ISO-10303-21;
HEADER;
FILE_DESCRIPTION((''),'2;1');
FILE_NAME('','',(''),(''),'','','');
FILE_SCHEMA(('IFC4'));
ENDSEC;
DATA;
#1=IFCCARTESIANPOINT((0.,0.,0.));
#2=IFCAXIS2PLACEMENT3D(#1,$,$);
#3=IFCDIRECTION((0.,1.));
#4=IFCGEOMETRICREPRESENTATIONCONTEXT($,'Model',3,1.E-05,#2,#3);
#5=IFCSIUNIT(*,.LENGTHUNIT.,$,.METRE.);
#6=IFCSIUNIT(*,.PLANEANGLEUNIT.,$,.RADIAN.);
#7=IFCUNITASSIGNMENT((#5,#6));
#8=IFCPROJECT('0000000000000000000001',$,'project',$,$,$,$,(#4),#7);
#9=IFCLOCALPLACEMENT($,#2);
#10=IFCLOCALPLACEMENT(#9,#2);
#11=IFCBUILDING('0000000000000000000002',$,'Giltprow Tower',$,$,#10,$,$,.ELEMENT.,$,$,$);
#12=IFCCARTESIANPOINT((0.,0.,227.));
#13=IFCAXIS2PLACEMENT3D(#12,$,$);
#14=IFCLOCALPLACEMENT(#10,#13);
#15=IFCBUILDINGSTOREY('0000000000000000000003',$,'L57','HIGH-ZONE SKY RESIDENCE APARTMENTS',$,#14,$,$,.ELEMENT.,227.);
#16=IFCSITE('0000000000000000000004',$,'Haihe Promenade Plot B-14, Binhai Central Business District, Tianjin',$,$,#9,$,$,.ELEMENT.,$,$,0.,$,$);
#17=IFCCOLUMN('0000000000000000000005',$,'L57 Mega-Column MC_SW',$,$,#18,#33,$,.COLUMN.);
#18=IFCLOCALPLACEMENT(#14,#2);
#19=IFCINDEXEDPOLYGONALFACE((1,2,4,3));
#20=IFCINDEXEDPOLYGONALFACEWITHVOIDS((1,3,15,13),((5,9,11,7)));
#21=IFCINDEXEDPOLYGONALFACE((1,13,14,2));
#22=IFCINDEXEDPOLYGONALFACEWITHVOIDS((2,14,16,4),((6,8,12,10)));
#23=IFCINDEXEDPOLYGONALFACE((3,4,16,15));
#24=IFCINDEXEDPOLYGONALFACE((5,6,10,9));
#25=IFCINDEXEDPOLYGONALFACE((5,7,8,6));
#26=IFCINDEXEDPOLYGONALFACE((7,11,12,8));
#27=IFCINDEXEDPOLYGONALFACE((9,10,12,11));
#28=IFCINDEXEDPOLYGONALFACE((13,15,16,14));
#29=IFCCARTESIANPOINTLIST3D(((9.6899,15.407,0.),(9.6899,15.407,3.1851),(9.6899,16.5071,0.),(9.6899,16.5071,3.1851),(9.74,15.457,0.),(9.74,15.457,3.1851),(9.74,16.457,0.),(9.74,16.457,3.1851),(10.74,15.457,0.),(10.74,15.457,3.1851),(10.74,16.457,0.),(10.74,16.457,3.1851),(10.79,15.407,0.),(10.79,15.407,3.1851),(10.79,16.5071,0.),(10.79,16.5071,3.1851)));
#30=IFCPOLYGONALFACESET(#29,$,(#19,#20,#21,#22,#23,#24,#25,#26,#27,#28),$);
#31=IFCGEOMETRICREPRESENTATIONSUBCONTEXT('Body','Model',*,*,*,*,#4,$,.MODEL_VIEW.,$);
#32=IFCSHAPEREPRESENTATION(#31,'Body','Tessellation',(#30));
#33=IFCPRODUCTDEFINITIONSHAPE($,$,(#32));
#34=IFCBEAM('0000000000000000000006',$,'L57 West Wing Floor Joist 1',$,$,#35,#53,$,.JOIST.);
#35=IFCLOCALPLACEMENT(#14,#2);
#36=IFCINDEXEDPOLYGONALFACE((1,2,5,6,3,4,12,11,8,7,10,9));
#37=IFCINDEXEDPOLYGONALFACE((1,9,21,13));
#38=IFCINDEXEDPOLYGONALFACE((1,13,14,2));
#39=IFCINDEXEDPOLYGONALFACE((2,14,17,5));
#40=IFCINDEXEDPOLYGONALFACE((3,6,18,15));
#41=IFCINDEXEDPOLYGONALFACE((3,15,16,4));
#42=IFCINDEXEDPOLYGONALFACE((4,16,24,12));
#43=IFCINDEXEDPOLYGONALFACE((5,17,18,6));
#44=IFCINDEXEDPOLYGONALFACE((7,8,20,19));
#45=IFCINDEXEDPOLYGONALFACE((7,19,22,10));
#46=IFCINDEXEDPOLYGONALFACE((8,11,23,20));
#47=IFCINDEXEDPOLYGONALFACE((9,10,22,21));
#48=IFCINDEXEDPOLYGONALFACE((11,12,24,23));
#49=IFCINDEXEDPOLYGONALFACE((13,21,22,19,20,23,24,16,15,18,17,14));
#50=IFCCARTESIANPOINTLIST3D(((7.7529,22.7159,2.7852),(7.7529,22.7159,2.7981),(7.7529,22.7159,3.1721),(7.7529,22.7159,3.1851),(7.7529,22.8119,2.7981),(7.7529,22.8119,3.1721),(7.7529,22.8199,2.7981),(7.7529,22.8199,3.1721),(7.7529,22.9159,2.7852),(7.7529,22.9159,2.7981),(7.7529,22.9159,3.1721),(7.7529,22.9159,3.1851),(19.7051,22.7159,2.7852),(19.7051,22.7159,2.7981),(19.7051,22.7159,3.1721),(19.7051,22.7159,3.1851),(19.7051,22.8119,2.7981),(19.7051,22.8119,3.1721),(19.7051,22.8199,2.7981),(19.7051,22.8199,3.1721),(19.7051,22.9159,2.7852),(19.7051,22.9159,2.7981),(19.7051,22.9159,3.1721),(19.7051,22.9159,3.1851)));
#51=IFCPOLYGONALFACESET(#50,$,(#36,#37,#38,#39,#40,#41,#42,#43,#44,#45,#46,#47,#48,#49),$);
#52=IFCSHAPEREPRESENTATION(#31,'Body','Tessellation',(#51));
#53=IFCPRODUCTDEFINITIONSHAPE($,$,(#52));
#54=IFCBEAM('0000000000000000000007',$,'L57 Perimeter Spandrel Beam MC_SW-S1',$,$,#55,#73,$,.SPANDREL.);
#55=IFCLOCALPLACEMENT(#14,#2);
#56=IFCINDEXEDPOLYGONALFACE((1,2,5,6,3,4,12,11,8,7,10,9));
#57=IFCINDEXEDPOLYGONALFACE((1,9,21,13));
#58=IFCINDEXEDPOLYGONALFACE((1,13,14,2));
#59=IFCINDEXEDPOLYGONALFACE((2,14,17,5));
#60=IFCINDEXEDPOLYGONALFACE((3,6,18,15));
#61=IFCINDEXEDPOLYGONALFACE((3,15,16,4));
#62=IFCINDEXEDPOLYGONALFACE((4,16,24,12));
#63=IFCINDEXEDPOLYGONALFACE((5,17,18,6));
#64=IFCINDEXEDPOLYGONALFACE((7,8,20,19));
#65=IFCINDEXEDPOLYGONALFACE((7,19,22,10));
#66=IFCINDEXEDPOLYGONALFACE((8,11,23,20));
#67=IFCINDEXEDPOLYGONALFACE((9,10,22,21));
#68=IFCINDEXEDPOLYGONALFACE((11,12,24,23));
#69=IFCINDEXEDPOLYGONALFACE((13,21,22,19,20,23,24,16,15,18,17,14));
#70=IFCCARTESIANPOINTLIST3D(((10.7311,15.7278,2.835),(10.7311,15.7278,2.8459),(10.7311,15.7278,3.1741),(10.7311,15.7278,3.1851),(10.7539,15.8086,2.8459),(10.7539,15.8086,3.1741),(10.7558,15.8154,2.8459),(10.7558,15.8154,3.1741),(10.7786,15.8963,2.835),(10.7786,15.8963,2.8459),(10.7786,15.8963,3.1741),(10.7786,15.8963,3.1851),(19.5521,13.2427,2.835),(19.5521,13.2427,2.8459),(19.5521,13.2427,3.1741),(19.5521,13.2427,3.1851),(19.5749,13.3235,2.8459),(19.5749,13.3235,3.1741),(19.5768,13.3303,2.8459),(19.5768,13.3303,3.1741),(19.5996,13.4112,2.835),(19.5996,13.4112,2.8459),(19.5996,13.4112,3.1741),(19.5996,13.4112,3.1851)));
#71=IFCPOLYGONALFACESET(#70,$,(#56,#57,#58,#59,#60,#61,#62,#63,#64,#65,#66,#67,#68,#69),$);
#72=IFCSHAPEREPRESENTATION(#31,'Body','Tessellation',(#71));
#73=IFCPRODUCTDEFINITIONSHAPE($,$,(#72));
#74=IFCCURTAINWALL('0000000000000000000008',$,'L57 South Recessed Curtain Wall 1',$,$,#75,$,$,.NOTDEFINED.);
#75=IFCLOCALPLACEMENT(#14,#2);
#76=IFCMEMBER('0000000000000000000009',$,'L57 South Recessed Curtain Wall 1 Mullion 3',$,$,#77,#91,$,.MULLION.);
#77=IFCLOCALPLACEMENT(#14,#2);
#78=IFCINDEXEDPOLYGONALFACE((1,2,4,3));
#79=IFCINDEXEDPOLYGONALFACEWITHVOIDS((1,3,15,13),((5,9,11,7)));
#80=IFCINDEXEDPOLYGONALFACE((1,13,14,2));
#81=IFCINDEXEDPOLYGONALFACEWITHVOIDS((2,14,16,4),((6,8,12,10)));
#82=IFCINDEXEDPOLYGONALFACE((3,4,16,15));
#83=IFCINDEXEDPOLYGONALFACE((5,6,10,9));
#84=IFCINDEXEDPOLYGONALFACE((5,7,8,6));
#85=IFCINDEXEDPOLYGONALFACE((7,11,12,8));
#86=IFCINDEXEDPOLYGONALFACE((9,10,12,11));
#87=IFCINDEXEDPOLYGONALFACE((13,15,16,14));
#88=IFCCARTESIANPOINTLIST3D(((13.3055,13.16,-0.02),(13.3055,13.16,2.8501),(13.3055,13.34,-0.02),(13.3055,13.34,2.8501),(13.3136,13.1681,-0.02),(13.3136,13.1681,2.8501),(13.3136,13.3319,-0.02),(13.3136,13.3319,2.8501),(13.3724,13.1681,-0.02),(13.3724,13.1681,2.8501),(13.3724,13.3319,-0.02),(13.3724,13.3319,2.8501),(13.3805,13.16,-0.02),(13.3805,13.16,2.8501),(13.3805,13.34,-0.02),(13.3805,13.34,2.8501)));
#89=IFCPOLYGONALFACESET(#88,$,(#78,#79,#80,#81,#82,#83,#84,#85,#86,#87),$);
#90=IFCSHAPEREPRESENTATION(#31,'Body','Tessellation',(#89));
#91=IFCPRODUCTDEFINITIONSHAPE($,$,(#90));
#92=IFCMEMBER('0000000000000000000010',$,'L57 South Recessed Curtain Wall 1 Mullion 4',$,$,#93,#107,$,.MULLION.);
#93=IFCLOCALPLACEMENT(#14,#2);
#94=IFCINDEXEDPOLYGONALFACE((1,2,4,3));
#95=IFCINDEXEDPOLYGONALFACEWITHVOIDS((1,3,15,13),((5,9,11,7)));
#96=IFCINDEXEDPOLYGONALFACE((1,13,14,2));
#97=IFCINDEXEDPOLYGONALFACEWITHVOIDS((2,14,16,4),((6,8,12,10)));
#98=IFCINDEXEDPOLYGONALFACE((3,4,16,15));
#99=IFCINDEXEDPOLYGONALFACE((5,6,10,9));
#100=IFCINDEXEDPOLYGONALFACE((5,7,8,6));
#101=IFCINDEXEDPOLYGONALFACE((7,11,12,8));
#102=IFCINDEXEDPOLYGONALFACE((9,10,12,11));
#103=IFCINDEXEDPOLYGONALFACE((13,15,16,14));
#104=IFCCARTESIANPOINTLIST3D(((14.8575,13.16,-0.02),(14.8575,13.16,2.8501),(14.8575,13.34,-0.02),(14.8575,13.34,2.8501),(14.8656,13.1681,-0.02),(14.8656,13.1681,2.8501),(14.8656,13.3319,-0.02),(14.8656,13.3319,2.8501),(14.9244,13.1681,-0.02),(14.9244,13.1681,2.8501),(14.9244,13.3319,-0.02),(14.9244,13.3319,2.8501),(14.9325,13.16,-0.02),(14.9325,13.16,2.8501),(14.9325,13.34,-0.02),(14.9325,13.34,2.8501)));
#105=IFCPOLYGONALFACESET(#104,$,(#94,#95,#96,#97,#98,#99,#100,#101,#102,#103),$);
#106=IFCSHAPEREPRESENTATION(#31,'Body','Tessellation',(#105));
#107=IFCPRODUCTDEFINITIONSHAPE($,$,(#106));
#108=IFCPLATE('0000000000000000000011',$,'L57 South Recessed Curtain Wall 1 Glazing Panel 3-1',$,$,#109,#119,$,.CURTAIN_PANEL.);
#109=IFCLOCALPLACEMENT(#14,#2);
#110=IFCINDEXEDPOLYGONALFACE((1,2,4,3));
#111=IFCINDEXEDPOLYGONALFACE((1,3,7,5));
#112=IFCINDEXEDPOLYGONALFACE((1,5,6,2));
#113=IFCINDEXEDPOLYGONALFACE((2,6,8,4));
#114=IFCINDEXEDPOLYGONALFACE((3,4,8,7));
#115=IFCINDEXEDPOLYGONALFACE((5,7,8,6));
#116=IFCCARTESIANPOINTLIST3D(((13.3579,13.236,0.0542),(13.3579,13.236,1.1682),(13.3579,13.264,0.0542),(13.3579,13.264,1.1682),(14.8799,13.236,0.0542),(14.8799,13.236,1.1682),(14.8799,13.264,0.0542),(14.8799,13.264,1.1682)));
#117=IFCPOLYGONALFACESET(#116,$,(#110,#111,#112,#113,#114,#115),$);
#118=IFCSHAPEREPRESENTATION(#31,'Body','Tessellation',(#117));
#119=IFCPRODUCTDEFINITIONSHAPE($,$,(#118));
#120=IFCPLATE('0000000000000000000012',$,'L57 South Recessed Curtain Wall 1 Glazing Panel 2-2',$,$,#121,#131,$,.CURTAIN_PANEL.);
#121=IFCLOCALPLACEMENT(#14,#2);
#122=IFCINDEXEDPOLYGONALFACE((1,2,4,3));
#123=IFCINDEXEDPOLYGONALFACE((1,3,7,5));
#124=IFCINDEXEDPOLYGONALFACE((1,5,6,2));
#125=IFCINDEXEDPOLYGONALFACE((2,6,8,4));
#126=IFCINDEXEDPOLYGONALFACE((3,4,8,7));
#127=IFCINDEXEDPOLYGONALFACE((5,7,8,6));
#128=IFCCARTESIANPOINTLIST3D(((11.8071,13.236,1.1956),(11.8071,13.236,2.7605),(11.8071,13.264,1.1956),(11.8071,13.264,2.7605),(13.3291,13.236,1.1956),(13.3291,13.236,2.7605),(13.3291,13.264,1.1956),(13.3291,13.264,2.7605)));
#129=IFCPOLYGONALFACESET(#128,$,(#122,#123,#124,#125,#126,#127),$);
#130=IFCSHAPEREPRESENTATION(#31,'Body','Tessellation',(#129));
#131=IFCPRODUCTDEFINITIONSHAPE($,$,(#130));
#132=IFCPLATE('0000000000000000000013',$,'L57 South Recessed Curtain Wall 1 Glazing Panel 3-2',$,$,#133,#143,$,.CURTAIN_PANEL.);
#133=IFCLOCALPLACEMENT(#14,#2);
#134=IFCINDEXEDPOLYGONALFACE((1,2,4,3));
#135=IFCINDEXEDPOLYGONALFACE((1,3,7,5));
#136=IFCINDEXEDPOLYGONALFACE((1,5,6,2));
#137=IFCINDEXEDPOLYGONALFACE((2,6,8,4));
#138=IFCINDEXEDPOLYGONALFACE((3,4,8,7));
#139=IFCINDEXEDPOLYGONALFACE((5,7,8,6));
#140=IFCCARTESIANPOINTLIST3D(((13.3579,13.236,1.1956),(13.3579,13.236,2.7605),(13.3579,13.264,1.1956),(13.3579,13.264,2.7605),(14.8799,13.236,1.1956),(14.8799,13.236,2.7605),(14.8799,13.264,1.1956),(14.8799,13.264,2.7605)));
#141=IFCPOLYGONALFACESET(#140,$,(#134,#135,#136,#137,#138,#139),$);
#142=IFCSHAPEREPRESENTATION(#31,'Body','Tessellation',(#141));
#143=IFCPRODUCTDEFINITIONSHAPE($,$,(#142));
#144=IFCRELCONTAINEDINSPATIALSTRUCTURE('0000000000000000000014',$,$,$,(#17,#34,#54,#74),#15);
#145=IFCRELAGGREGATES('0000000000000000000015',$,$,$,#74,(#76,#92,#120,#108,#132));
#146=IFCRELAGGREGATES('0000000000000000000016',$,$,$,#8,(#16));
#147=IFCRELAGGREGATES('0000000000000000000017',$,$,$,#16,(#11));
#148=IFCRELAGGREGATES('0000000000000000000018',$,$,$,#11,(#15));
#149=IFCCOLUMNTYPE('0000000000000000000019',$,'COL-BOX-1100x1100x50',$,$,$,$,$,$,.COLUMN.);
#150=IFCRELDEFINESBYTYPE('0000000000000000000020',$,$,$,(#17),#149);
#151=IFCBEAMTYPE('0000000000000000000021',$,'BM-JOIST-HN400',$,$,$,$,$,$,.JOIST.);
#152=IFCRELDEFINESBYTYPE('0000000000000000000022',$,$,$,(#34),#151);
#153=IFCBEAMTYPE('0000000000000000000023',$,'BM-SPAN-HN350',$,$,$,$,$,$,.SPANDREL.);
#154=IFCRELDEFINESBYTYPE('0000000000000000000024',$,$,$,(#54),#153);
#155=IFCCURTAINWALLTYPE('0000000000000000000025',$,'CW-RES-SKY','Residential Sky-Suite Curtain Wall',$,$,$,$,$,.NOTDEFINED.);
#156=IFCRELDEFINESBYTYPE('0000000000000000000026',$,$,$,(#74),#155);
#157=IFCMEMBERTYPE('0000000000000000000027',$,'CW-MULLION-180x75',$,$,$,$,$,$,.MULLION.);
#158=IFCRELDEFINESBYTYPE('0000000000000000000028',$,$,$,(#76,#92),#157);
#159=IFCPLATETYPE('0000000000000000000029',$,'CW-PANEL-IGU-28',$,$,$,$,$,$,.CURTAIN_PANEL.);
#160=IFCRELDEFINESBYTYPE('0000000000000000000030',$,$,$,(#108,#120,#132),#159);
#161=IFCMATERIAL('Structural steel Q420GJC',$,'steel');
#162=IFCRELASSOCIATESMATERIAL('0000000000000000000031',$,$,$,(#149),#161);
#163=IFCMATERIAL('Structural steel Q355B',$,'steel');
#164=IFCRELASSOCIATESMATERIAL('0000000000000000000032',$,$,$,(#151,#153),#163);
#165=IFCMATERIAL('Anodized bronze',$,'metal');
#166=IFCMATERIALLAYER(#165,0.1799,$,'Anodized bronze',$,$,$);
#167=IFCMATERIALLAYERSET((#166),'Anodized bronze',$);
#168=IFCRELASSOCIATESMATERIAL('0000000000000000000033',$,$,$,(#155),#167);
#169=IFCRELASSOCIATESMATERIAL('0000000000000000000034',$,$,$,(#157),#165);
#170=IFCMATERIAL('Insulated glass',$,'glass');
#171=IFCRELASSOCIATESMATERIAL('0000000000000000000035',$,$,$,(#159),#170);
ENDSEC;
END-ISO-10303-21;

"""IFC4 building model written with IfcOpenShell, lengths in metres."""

from ifc_helpers import new_model, si_unit, direction, frame, origin, origin_2d, place, context, subcontext, project, spatial, rectangle, hollow_rectangle, i_section, extrude, source, transform, mapped, material, layer, layer_set, material_profile, profile_set, type_object, element, aggregate, save


model = new_model("IFC4")

# Units and contexts
model_context = context("Model", 3, precision=1e-05, world=origin(), true_north=direction((0.0, 1.0)))
body_context = subcontext(model_context, "Body", "Model", "MODEL_VIEW")
ifc_project = project(units=[si_unit("LENGTHUNIT", "METRE"), si_unit("PLANEANGLEUNIT", "RADIAN")], contexts=[model_context])

# Site, building, storey
site_placement = place(None, origin())
site = spatial("IfcSite", under=ifc_project, at=site_placement, Name="Haihe Promenade Plot B-14, Binhai Central Business District, Tianjin", CompositionType="ELEMENT", RefElevation=0.0)
building_placement = place(site_placement, origin())
building = spatial("IfcBuilding", under=site, at=building_placement, Name="Giltprow Tower", CompositionType="ELEMENT")
storey_placement = place(building_placement, frame((0.0, 0.0, 227.0)))
storey = spatial("IfcBuildingStorey", under=building, at=storey_placement, Name="L57", Description="HIGH-ZONE SKY RESIDENCE APARTMENTS", CompositionType="ELEMENT", Elevation=227.0)

# Column
ifc_material_1 = material(Name="Structural steel Q420GJC", Category="steel")
ifc_material_profile_1 = material_profile(ifc_material_1, hollow_rectangle(XDim=1.1001, YDim=1.1001, WallThickness=0.05, at=origin_2d()), Name="BOX 1100x1100x50")
ifc_profile_set_1 = profile_set([ifc_material_profile_1], Name="Structural steel Q420GJC")
column_type = type_object("IfcColumnType", Name="COL-BOX-1100x1100x50", PredefinedType="COLUMN", material=ifc_profile_set_1)
shared_shape_1 = source(origin(), body_context, "Body", "SweptSolid", [
    extrude(hollow_rectangle(XDim=1.1001, YDim=1.1001, WallThickness=0.05, at=origin_2d()), origin(), (0.0, 0.0, 1.0), 3.1851),
])
column_placement = place(storey_placement, frame((10.24, 15.957, 0.0), z_axis=(0.0, 0.0, 1.0), x_axis=(1.0, 0.0, 0.0)))
element("IfcColumn", 1, at=column_placement, inside=storey, type_object=column_type, Name="L57 Mega-Column MC_SW", PredefinedType="COLUMN", context=body_context, shape_type="MappedRepresentation", body=[
    mapped(shared_shape_1, transform((0.0, 0.0, 0.0), x_axis=(1.0, 0.0, 0.0), y_axis=(0.0, 1.0, 0.0), z_axis=(0.0, 0.0, 1.0), scale=1.0)),
])

# Beams
ifc_material_2 = material(Name="Structural steel Q355B", Category="steel")
ifc_material_profile_2 = material_profile(ifc_material_2, i_section(OverallWidth=0.2, OverallDepth=0.3999, WebThickness=0.0081, FlangeThickness=0.0129, at=origin_2d()), Name="HN 400x200x8x13")
ifc_profile_set_2 = profile_set([ifc_material_profile_2], Name="Structural steel Q355B")
beam_type_1 = type_object("IfcBeamType", Name="BM-JOIST-HN400", PredefinedType="JOIST", material=ifc_profile_set_2)
shared_shape_2 = source(origin(), body_context, "Body", "SweptSolid", [
    extrude(i_section(OverallWidth=0.2, OverallDepth=0.3999, WebThickness=0.0081, FlangeThickness=0.0129, at=origin_2d()), origin(), (0.0, 0.0, 1.0), 11.9521),
])
beam_1_placement = place(storey_placement, frame((7.7529, 22.8159, 2.9851), z_axis=(1.0, 0.0, 0.0), x_axis=(0.0, 1.0, 0.0)))
element("IfcBeam", 2, at=beam_1_placement, inside=storey, type_object=beam_type_1, Name="L57 West Wing Floor Joist 1", PredefinedType="JOIST", context=body_context, shape_type="MappedRepresentation", body=[
    mapped(shared_shape_2, transform((0.0, 0.0, 0.0), x_axis=(1.0, 0.0, 0.0), y_axis=(0.0, 1.0, 0.0), z_axis=(0.0, 0.0, 1.0), scale=1.0)),
])
ifc_material_profile_3 = material_profile(ifc_material_2, i_section(OverallWidth=0.175, OverallDepth=0.3501, WebThickness=0.0071, FlangeThickness=0.011, at=origin_2d()), Name="HN 350x175x7x11")
ifc_profile_set_3 = profile_set([ifc_material_profile_3], Name="Structural steel Q355B")
beam_type_2 = type_object("IfcBeamType", Name="BM-SPAN-HN350", PredefinedType="SPANDREL", material=ifc_profile_set_3)
shared_shape_3 = source(origin(), body_context, "Body", "SweptSolid", [
    extrude(i_section(OverallWidth=0.175, OverallDepth=0.3501, WebThickness=0.0071, FlangeThickness=0.011, at=origin_2d()), origin(), (0.0, 0.0, 1.0), 9.1643),
])
beam_2_placement = place(storey_placement, frame((10.7549, 15.812, 3.01), z_axis=(0.962532, -0.271169, 0.0), x_axis=(0.271169, 0.962532, 0.0)))
element("IfcBeam", 3, at=beam_2_placement, inside=storey, type_object=beam_type_2, Name="L57 Perimeter Spandrel Beam MC_SW-S1", PredefinedType="SPANDREL", context=body_context, shape_type="MappedRepresentation", body=[
    mapped(shared_shape_3, transform((0.0, 0.0, 0.0), x_axis=(1.0, 0.0, 0.0), y_axis=(0.0, 1.0, 0.0), z_axis=(0.0, 0.0, 1.0), scale=1.0)),
])

# Curtain wall, members, plates
ifc_material_3 = material(Name="Anodized bronze", Category="metal")
ifc_layer_1 = layer(ifc_material_3, 0.1799, Name="Anodized bronze")
ifc_layer_set_1 = layer_set([ifc_layer_1], Name="Anodized bronze")
curtain_wall_type = type_object("IfcCurtainWallType", Name="CW-RES-SKY", Description="Residential Sky-Suite Curtain Wall", PredefinedType="NOTDEFINED", material=ifc_layer_set_1)
curtain_wall_placement = place(storey_placement, origin())
curtain_wall = element("IfcCurtainWall", 4, at=curtain_wall_placement, inside=storey, type_object=curtain_wall_type, Name="L57 South Recessed Curtain Wall 1", PredefinedType="NOTDEFINED")
ifc_material_profile_4 = material_profile(ifc_material_3, hollow_rectangle(XDim=0.075, YDim=0.1799, WallThickness=0.0081, at=origin_2d()), Name="RHS 180x75x8")
ifc_profile_set_4 = profile_set([ifc_material_profile_4], Name="Anodized bronze")
member_type = type_object("IfcMemberType", Name="CW-MULLION-180x75", PredefinedType="MULLION", material=ifc_profile_set_4)
shared_shape_4 = source(origin(), body_context, "Body", "SweptSolid", [
    extrude(hollow_rectangle(XDim=0.075, YDim=0.1799, WallThickness=0.0081, at=origin_2d()), origin(), (0.0, 0.0, 1.0), 2.8701),
])
member_1_placement = place(storey_placement, frame((13.343, 13.25, -0.02), z_axis=(0.0, 0.0, 1.0), x_axis=(1.0, 0.0, 0.0)))
member_1 = element("IfcMember", 5, at=member_1_placement, type_object=member_type, Name="L57 South Recessed Curtain Wall 1 Mullion 3", PredefinedType="MULLION", context=body_context, shape_type="MappedRepresentation", body=[
    mapped(shared_shape_4, transform((0.0, 0.0, 0.0), x_axis=(1.0, 0.0, 0.0), y_axis=(0.0, 1.0, 0.0), z_axis=(0.0, 0.0, 1.0), scale=1.0)),
])
member_2_placement = place(storey_placement, frame((14.895, 13.25, -0.02), z_axis=(0.0, 0.0, 1.0), x_axis=(1.0, 0.0, 0.0)))
member_2 = element("IfcMember", 6, at=member_2_placement, type_object=member_type, Name="L57 South Recessed Curtain Wall 1 Mullion 4", PredefinedType="MULLION", context=body_context, shape_type="MappedRepresentation", body=[
    mapped(shared_shape_4, transform((0.0, 0.0, 0.0), x_axis=(1.0, 0.0, 0.0), y_axis=(0.0, 1.0, 0.0), z_axis=(0.0, 0.0, 1.0), scale=1.0)),
])
ifc_material_4 = material(Name="Insulated glass", Category="glass")
plate_type = type_object("IfcPlateType", Name="CW-PANEL-IGU-28", PredefinedType="CURTAIN_PANEL", material=ifc_material_4)
shared_shape_5 = source(origin(), body_context, "Body", "SweptSolid", [
    extrude(rectangle(XDim=1.522, YDim=0.0281, at=origin_2d()), origin(), (0.0, 0.0, 1.0), 1.114),
])
plate_1_placement = place(storey_placement, frame((14.1189, 13.25, 0.0542), z_axis=(0.0, 0.0, 1.0), x_axis=(1.0, 0.0, 0.0)))
plate_1 = element("IfcPlate", 7, at=plate_1_placement, type_object=plate_type, Name="L57 South Recessed Curtain Wall 1 Glazing Panel 3-1", PredefinedType="CURTAIN_PANEL", context=body_context, shape_type="MappedRepresentation", body=[
    mapped(shared_shape_5, transform((0.0, 0.0, 0.0), x_axis=(1.0, 0.0, 0.0), y_axis=(0.0, 1.0, 0.0), z_axis=(0.0, 0.0, 1.0), scale=1.0)),
])
shared_shape_6 = source(origin(), body_context, "Body", "SweptSolid", [
    extrude(rectangle(XDim=1.522, YDim=0.0281, at=origin_2d()), origin(), (0.0, 0.0, 1.0), 1.5649),
])
plate_2_placement = place(storey_placement, frame((12.5681, 13.25, 1.1956), z_axis=(0.0, 0.0, 1.0), x_axis=(1.0, 0.0, 0.0)))
plate_2 = element("IfcPlate", 8, at=plate_2_placement, type_object=plate_type, Name="L57 South Recessed Curtain Wall 1 Glazing Panel 2-2", PredefinedType="CURTAIN_PANEL", context=body_context, shape_type="MappedRepresentation", body=[
    mapped(shared_shape_6, transform((0.0, 0.0, 0.0), x_axis=(1.0, 0.0, 0.0), y_axis=(0.0, 1.0, 0.0), z_axis=(0.0, 0.0, 1.0), scale=1.0)),
])
plate_3_placement = place(storey_placement, frame((14.1189, 13.25, 1.1956), z_axis=(0.0, 0.0, 1.0), x_axis=(1.0, 0.0, 0.0)))
plate_3 = element("IfcPlate", 9, at=plate_3_placement, type_object=plate_type, Name="L57 South Recessed Curtain Wall 1 Glazing Panel 3-2", PredefinedType="CURTAIN_PANEL", context=body_context, shape_type="MappedRepresentation", body=[
    mapped(shared_shape_6, transform((0.0, 0.0, 0.0), x_axis=(1.0, 0.0, 0.0), y_axis=(0.0, 1.0, 0.0), z_axis=(0.0, 0.0, 1.0), scale=1.0)),
])
aggregate(curtain_wall, [member_1, member_2, plate_2, plate_1, plate_3])

save(model, "model.ifc")
